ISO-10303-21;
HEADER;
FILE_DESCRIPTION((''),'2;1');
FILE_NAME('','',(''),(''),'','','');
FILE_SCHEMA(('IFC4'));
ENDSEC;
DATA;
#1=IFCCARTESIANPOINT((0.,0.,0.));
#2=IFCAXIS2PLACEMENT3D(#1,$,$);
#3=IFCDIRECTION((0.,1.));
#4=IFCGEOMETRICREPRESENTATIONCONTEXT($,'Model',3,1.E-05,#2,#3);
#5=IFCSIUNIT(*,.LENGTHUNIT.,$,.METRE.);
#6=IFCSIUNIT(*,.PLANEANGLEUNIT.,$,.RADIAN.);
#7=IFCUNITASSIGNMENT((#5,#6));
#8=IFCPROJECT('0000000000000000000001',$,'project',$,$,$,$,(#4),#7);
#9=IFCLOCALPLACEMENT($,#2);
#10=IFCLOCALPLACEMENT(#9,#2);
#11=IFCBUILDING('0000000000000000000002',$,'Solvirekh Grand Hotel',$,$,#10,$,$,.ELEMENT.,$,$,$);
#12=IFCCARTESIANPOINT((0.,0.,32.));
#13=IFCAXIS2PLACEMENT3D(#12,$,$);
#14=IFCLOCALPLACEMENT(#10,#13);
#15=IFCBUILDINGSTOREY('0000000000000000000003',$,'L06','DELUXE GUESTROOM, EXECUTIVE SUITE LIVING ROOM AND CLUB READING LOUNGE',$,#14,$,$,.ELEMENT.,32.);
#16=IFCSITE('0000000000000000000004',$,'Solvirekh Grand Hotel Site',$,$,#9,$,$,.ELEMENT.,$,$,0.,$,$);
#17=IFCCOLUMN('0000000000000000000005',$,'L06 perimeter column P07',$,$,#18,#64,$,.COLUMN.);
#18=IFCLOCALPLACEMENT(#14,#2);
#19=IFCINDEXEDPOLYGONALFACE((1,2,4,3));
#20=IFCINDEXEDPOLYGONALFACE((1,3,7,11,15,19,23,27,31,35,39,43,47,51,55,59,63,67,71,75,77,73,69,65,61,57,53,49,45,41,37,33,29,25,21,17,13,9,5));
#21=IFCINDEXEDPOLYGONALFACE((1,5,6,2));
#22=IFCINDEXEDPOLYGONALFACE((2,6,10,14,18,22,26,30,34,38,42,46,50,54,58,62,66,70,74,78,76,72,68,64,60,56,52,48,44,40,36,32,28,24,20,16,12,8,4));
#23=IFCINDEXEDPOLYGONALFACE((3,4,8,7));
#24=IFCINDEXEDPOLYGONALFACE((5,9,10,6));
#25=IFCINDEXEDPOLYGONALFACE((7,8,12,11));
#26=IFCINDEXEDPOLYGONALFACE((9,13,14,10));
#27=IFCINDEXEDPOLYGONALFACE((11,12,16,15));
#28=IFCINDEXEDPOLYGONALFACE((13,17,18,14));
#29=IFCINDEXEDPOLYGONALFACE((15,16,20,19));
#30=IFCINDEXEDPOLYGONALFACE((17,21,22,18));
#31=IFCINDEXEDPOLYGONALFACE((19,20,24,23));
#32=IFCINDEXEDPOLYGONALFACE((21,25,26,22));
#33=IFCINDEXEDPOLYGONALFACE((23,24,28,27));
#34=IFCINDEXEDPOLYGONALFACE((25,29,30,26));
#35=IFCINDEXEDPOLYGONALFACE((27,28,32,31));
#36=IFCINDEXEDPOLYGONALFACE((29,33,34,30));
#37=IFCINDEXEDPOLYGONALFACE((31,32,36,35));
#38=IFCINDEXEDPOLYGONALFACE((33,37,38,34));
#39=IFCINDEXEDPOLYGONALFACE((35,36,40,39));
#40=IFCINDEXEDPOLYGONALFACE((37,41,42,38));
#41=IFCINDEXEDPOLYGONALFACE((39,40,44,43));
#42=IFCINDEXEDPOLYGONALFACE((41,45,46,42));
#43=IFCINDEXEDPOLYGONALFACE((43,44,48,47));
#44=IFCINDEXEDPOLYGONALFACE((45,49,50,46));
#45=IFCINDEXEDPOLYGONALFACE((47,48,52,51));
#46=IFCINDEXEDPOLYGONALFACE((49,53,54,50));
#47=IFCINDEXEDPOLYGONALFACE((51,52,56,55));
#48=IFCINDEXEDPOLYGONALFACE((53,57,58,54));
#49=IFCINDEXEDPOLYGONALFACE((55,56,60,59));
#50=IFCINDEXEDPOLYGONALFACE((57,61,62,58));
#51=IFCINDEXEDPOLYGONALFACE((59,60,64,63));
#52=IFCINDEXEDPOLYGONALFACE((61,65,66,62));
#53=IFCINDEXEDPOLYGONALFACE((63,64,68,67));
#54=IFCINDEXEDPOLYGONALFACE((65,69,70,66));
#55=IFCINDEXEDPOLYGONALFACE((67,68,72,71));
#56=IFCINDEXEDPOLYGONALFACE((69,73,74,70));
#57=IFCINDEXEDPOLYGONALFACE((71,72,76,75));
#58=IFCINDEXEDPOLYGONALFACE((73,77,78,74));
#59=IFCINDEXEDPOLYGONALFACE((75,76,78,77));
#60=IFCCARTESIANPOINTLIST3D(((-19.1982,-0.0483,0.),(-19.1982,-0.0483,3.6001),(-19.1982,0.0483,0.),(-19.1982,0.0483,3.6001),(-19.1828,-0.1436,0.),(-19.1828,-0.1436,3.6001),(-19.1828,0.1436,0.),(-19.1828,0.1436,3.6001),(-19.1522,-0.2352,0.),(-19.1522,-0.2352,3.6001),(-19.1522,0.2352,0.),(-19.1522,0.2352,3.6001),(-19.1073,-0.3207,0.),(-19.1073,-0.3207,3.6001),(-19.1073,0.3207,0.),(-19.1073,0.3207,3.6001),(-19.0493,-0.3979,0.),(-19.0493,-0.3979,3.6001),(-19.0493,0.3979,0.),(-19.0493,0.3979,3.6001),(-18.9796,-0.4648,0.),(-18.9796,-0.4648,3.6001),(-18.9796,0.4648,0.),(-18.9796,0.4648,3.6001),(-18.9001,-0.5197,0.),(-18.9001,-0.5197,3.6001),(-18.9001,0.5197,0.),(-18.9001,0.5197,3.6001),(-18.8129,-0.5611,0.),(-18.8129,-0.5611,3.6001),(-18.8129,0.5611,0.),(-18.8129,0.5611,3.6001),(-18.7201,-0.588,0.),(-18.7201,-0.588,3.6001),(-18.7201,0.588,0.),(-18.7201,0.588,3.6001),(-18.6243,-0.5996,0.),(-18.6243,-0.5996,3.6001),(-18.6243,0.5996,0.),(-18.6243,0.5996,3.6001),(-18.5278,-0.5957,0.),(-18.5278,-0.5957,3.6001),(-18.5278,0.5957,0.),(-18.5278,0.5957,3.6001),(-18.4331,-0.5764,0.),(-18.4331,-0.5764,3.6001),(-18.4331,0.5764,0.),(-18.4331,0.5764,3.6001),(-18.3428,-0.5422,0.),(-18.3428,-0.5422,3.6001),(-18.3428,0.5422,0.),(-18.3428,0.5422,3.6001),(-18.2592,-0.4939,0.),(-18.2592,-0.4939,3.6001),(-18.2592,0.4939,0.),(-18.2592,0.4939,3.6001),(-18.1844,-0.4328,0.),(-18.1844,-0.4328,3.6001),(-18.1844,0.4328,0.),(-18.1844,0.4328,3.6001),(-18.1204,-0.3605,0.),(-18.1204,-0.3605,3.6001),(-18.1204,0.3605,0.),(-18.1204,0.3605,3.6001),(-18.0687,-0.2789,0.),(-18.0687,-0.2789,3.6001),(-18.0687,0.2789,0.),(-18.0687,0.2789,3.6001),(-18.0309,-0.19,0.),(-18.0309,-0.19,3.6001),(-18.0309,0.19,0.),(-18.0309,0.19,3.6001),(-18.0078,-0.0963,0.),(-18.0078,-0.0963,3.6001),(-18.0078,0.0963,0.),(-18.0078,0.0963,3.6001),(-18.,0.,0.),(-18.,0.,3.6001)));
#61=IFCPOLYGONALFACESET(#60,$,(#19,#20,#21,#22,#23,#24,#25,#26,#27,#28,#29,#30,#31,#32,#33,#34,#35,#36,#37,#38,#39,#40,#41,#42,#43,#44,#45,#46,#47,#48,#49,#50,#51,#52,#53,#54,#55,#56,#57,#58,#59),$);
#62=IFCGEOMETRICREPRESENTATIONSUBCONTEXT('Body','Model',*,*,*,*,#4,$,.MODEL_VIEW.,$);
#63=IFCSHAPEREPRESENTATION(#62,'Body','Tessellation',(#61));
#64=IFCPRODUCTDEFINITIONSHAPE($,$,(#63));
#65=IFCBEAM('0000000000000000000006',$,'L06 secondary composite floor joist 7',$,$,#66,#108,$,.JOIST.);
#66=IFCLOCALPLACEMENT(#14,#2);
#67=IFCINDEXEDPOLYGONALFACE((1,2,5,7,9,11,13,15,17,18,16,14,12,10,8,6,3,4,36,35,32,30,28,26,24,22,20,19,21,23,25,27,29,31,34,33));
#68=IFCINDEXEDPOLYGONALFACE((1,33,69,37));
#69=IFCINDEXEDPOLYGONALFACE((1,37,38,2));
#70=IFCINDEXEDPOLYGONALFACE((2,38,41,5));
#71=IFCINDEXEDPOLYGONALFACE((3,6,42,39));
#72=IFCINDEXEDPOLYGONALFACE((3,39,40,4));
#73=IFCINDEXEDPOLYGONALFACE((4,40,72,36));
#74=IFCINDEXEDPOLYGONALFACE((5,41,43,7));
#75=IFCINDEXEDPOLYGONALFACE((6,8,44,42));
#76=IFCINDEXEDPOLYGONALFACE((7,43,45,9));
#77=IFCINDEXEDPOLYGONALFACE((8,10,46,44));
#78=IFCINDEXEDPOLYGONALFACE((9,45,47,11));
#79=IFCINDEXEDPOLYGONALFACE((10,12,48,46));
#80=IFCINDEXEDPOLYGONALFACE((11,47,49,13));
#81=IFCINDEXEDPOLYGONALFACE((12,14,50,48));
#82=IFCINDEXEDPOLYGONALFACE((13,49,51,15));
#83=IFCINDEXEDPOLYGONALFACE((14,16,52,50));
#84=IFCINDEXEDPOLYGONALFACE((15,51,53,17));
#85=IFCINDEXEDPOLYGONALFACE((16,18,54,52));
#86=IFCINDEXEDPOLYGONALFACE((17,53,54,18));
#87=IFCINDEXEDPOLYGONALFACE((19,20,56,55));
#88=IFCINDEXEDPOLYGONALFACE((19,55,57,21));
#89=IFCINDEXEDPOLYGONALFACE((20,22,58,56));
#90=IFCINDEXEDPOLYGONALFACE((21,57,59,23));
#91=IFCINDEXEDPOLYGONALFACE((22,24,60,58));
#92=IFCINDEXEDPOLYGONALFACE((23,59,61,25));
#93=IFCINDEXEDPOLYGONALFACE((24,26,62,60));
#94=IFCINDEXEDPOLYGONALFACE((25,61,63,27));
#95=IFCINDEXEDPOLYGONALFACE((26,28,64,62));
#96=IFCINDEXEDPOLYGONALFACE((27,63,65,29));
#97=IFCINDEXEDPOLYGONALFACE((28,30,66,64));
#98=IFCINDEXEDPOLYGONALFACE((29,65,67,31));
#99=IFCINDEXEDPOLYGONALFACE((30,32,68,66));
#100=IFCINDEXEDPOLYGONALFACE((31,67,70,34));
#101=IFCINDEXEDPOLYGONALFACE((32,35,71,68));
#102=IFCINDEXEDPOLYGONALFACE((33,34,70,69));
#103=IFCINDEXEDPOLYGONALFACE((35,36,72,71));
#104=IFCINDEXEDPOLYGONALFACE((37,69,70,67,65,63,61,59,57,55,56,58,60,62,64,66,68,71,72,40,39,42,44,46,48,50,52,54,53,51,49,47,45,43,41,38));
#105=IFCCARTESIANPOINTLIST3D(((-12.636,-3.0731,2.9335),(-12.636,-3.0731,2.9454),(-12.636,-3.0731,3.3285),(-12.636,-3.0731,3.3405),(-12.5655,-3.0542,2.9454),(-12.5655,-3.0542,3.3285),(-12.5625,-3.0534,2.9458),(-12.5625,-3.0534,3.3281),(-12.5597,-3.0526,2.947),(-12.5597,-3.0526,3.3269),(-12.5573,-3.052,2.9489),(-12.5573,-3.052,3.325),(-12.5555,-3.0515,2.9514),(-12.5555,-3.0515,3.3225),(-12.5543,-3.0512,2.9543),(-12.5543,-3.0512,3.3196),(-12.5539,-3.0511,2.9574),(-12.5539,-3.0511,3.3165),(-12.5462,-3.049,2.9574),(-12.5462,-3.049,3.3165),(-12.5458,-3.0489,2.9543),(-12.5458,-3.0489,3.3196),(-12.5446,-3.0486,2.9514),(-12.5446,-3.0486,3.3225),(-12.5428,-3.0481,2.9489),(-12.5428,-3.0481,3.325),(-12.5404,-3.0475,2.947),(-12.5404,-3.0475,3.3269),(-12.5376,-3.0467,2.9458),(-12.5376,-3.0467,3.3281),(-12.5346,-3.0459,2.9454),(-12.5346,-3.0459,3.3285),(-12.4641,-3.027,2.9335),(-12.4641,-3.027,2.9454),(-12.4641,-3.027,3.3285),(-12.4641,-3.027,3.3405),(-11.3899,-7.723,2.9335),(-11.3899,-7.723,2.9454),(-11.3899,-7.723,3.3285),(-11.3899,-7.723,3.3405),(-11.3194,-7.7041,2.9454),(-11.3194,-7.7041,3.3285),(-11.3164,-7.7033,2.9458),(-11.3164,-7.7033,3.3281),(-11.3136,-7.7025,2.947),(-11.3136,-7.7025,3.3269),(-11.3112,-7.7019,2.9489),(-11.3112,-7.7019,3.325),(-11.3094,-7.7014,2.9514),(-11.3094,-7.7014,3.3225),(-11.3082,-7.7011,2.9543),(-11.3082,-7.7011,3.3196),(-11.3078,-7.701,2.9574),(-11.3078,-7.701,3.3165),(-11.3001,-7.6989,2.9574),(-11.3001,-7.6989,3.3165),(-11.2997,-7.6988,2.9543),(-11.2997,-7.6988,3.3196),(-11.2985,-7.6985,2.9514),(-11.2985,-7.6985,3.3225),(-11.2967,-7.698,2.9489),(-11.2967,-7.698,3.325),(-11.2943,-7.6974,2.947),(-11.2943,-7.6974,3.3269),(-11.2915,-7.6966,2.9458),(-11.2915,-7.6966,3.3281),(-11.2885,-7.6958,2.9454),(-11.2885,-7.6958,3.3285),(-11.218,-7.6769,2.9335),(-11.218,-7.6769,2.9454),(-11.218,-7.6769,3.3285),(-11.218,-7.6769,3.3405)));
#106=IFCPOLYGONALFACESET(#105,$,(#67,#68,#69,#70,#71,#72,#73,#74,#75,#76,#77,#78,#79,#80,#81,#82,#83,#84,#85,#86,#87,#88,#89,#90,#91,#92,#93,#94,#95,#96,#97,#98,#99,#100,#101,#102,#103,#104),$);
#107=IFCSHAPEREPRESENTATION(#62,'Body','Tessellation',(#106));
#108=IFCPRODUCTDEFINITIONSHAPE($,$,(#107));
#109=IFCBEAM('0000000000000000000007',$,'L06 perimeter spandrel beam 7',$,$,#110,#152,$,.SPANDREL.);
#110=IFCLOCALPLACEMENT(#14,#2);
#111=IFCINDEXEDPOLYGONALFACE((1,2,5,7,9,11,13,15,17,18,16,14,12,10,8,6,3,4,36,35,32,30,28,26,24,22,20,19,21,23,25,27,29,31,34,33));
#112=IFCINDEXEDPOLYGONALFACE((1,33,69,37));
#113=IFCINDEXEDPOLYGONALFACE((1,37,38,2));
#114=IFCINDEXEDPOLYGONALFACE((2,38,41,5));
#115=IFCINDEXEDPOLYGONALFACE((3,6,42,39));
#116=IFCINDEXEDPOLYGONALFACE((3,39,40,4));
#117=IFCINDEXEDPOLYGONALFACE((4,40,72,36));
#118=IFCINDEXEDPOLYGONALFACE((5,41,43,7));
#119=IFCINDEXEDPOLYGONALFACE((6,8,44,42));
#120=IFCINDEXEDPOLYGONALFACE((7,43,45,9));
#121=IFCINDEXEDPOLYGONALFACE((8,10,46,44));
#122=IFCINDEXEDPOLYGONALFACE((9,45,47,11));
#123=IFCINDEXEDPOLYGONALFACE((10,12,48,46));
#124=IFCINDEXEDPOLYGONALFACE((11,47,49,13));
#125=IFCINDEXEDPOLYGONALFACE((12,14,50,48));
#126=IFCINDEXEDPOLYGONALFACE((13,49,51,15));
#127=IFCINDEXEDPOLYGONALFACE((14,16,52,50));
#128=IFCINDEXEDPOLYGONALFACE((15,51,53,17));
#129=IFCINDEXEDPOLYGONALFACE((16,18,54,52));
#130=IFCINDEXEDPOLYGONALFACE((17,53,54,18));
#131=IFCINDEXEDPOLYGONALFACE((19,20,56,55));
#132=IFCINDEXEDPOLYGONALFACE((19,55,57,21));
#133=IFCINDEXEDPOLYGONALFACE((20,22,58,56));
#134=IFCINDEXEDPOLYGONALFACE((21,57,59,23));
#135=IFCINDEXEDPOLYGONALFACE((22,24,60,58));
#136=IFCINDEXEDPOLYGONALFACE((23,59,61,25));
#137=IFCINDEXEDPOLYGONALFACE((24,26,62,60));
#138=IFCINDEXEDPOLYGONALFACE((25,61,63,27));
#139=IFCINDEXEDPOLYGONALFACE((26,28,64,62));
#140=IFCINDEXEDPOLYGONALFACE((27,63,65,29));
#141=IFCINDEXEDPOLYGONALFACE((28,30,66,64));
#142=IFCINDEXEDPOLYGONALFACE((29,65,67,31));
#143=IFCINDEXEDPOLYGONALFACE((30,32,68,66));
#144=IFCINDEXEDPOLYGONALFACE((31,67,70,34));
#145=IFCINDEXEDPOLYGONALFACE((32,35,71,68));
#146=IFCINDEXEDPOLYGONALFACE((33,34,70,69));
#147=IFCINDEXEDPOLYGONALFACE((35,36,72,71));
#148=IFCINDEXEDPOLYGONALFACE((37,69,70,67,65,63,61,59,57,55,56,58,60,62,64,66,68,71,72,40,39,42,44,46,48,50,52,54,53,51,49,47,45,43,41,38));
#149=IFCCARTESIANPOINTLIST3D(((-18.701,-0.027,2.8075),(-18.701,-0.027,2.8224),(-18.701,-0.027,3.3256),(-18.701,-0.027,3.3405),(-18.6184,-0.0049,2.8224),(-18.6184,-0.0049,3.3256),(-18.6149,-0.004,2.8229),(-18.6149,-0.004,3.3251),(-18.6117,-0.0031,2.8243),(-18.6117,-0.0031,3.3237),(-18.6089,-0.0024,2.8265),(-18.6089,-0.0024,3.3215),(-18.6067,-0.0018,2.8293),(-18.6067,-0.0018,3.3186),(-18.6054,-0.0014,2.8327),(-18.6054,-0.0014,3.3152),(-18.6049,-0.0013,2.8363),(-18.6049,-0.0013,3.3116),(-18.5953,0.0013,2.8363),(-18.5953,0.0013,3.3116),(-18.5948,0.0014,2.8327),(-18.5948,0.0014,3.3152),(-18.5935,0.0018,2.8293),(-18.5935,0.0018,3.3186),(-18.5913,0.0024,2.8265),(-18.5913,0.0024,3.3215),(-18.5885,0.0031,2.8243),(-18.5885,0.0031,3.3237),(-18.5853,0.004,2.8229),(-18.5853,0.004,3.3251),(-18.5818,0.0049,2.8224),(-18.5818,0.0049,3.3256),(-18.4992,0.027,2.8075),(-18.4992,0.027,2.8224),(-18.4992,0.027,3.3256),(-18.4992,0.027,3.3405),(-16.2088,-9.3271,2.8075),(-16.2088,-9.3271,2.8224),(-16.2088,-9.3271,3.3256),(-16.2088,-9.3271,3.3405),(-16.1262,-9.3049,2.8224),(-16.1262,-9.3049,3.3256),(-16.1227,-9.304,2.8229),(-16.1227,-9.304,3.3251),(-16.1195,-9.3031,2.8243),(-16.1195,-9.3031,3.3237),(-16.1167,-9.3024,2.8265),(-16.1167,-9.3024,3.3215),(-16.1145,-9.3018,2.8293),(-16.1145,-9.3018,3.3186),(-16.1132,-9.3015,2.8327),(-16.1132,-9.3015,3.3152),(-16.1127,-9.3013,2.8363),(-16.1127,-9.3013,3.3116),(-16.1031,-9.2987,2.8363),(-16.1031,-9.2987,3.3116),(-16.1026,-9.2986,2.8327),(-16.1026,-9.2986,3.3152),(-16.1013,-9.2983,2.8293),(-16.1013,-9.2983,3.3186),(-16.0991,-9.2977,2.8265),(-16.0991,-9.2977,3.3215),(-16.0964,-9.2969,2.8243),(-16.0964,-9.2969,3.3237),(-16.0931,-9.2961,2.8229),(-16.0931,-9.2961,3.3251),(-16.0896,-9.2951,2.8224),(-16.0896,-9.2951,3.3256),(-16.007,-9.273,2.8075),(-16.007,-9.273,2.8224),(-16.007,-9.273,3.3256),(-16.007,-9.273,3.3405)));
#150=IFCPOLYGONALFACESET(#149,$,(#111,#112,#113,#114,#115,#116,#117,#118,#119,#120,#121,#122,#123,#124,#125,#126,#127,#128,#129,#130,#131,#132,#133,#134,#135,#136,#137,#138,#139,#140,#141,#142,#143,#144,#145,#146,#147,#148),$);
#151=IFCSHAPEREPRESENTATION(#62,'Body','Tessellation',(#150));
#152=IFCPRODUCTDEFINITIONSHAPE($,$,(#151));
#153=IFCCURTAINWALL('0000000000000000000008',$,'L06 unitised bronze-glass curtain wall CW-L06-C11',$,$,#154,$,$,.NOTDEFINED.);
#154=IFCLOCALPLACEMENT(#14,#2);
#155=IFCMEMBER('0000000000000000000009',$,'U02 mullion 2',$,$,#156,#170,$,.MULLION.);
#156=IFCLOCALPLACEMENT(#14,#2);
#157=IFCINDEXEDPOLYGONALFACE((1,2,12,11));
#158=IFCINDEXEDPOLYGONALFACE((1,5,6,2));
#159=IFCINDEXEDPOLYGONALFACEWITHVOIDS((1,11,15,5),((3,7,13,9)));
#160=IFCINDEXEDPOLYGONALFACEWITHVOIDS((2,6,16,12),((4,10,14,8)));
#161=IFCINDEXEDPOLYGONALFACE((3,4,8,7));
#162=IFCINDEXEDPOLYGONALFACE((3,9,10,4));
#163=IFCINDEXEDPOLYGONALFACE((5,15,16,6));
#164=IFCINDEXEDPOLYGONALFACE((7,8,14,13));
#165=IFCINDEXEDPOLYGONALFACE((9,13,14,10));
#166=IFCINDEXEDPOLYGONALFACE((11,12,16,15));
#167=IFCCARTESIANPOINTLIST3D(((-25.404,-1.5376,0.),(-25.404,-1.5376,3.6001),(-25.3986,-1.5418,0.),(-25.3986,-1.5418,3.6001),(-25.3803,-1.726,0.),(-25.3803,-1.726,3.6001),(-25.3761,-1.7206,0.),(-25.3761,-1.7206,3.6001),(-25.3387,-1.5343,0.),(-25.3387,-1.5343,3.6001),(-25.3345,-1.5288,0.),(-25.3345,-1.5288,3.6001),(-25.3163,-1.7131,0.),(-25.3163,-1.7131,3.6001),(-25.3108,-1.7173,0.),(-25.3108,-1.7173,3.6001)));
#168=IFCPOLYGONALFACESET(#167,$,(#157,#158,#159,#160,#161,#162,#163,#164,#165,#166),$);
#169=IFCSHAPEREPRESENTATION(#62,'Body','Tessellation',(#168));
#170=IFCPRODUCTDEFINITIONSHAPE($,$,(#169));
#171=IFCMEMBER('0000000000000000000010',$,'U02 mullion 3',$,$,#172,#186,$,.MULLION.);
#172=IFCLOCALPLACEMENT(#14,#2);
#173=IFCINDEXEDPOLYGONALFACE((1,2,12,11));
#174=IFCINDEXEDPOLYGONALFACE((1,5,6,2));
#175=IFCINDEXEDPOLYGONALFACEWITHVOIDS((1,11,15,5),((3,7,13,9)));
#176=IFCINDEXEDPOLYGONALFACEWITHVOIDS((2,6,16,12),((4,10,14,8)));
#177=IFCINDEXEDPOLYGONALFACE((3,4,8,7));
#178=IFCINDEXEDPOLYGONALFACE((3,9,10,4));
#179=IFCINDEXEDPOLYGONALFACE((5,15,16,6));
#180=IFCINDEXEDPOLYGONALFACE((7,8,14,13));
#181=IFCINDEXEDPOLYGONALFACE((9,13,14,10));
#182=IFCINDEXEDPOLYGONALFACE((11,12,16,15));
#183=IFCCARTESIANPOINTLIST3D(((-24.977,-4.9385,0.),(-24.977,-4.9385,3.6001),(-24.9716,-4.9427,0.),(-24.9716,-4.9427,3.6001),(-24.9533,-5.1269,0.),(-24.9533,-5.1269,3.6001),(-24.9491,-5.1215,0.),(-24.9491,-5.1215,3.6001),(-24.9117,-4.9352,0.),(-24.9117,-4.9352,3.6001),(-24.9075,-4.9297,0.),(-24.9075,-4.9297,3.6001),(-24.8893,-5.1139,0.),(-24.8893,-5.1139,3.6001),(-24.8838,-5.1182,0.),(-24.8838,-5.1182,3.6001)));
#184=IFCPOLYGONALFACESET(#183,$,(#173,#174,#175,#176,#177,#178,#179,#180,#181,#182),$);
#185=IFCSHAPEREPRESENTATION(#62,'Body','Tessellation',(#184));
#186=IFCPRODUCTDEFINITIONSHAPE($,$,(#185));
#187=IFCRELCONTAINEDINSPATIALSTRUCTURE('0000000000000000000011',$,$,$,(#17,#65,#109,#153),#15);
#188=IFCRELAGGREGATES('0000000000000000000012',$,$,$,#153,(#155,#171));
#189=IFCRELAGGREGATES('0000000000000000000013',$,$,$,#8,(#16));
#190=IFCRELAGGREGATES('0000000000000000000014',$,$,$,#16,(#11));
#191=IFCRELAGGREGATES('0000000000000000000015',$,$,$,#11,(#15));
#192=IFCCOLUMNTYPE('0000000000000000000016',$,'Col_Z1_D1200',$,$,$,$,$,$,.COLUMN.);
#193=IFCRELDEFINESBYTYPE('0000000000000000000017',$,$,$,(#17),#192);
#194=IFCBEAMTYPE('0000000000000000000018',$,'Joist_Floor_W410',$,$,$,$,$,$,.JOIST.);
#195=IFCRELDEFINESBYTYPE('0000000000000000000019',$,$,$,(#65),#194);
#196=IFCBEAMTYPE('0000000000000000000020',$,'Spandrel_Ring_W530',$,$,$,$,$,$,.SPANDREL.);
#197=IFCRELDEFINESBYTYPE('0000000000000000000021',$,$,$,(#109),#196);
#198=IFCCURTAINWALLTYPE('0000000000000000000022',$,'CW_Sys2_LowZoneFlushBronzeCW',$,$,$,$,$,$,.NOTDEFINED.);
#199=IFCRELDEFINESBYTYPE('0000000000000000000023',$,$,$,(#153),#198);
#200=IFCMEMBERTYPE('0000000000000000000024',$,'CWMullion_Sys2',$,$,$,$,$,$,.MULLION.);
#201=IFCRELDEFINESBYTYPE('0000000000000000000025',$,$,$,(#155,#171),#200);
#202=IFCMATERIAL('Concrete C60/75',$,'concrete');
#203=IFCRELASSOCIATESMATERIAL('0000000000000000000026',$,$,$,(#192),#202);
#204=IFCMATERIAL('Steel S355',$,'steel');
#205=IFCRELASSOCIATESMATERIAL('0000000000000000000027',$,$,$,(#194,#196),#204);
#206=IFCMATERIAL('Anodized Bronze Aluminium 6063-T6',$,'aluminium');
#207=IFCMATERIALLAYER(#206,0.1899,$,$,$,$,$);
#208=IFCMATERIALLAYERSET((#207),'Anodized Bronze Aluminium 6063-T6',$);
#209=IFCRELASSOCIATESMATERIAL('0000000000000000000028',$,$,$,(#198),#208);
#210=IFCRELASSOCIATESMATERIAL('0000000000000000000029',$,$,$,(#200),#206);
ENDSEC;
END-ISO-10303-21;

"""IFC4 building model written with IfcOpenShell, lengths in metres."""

from ifc_helpers import new_model, si_unit, direction, frame, origin, origin_2d, place, context, subcontext, project, spatial, hollow_rectangle, circle, i_section, extrude, source, transform, mapped, material, layer, layer_set, material_profile, profile_set, type_object, element, aggregate, save


model = new_model("IFC4")

# Units and contexts
model_context = context("Model", 3, precision=1e-05, world=origin(), true_north=direction((0.0, 1.0)))
body_context = subcontext(model_context, "Body", "Model", "MODEL_VIEW")
ifc_project = project(units=[si_unit("LENGTHUNIT", "METRE"), si_unit("PLANEANGLEUNIT", "RADIAN")], contexts=[model_context])

# Site, building, storey
site_placement = place(None, origin())
site = spatial("IfcSite", under=ifc_project, at=site_placement, Name="Solvirekh Grand Hotel Site", CompositionType="ELEMENT", RefElevation=0.0)
building_placement = place(site_placement, origin())
building = spatial("IfcBuilding", under=site, at=building_placement, Name="Solvirekh Grand Hotel", CompositionType="ELEMENT")
storey_placement = place(building_placement, frame((0.0, 0.0, 32.0)))
storey = spatial("IfcBuildingStorey", under=building, at=storey_placement, Name="L06", Description="DELUXE GUESTROOM, EXECUTIVE SUITE LIVING ROOM AND CLUB READING LOUNGE", CompositionType="ELEMENT", Elevation=32.0)

# Column
ifc_material_1 = material(Name="Concrete C60/75", Category="concrete")
ifc_material_profile_1 = material_profile(ifc_material_1, circle(Radius=0.6001, at=origin_2d()), Name="RC CIRC D1200")
ifc_profile_set_1 = profile_set([ifc_material_profile_1], Name="Concrete C60/75")
column_type = type_object("IfcColumnType", Name="Col_Z1_D1200", PredefinedType="COLUMN", material=ifc_profile_set_1)
column_placement = place(storey_placement, frame((-18.6001, 0.0, 0.0), z_axis=(0.0, 0.0, 1.0), x_axis=(1.0, 0.0, 0.0)))
element("IfcColumn", 1, at=column_placement, inside=storey, type_object=column_type, Name="L06 perimeter column P07", PredefinedType="COLUMN", context=body_context, shape_type="SweptSolid", body=[
    extrude(circle(Radius=0.6001, at=origin_2d()), origin(), (0.0, 0.0, 1.0), 3.6001),
])

# Beams
ifc_material_2 = material(Name="Steel S355", Category="steel")
ifc_material_profile_2 = material_profile(ifc_material_2, i_section(OverallWidth=0.178, OverallDepth=0.407, WebThickness=0.0081, FlangeThickness=0.012, FilletRadius=0.012, at=origin_2d()), Name="W410X60")
ifc_profile_set_2 = profile_set([ifc_material_profile_2], Name="Steel S355")
beam_type_1 = type_object("IfcBeamType", Name="Joist_Floor_W410", PredefinedType="JOIST", material=ifc_profile_set_2)
beam_1_placement = place(storey_placement, frame((-12.55, -3.05, 3.137), z_axis=(0.258849, -0.965918, 0.0), x_axis=(0.965918, 0.258849, 0.0)))
element("IfcBeam", 2, at=beam_1_placement, inside=storey, type_object=beam_type_1, Name="L06 secondary composite floor joist 7", PredefinedType="JOIST", context=body_context, shape_type="SweptSolid", body=[
    extrude(i_section(OverallWidth=0.178, OverallDepth=0.407, WebThickness=0.0081, FlangeThickness=0.012, FilletRadius=0.012, at=origin_2d()), origin(), (0.0, 0.0, 1.0), 4.814),
])
ifc_material_profile_3 = material_profile(ifc_material_2, i_section(OverallWidth=0.209, OverallDepth=0.533, WebThickness=0.01, FlangeThickness=0.0149, FilletRadius=0.0139, at=origin_2d()), Name="W530X92")
ifc_profile_set_3 = profile_set([ifc_material_profile_3], Name="Steel S355")
beam_type_2 = type_object("IfcBeamType", Name="Spandrel_Ring_W530", PredefinedType="SPANDREL", material=ifc_profile_set_3)
beam_2_placement = place(storey_placement, frame((-18.6001, 0.0, 3.074), z_axis=(0.258843, -0.965919, 0.0), x_axis=(0.965919, 0.258843, 0.0)))
element("IfcBeam", 3, at=beam_2_placement, inside=storey, type_object=beam_type_2, Name="L06 perimeter spandrel beam 7", PredefinedType="SPANDREL", context=body_context, shape_type="SweptSolid", body=[
    extrude(i_section(OverallWidth=0.209, OverallDepth=0.533, WebThickness=0.01, FlangeThickness=0.0149, FilletRadius=0.0139, at=origin_2d()), origin(), (0.0, 0.0, 1.0), 9.6282),
])

# Curtain wall, members
ifc_material_3 = material(Name="Anodized Bronze Aluminium 6063-T6", Category="aluminium")
ifc_layer_1 = layer(ifc_material_3, 0.1899)
ifc_layer_set_1 = layer_set([ifc_layer_1], Name="Anodized Bronze Aluminium 6063-T6")
curtain_wall_type = type_object("IfcCurtainWallType", Name="CW_Sys2_LowZoneFlushBronzeCW", PredefinedType="NOTDEFINED", material=ifc_layer_set_1)
curtain_wall_placement = place(storey_placement, origin())
curtain_wall = element("IfcCurtainWall", 4, at=curtain_wall_placement, inside=storey, type_object=curtain_wall_type, Name="L06 unitised bronze-glass curtain wall CW-L06-C11", PredefinedType="NOTDEFINED")
ifc_material_profile_4 = material_profile(ifc_material_3, hollow_rectangle(XDim=0.0701, YDim=0.1899, WallThickness=0.0049, at=origin_2d()), Name="ALU RHS 190X70X5")
ifc_profile_set_4 = profile_set([ifc_material_profile_4], Name="Anodized Bronze Aluminium 6063-T6")
member_type_1 = type_object("IfcMemberType", Name="CWMullion_Sys2", PredefinedType="MULLION", material=ifc_profile_set_4)
shared_shape_1 = source(origin(), body_context, "Body", "SweptSolid", [
    extrude(hollow_rectangle(XDim=0.0701, YDim=0.1899, WallThickness=0.0049, at=origin_2d()), origin(), (0.0, 0.0, 1.0), 3.6001),
])
member_1_placement = place(storey_placement, frame((-25.3574, -1.6274, 0.0), z_axis=(0.0, 0.0, 1.0), x_axis=(0.992204, 0.124621, 0.0)))
member_1 = element("IfcMember", 5, at=member_1_placement, type_object=member_type_1, Name="U02 mullion 2", PredefinedType="MULLION", context=body_context, shape_type="MappedRepresentation", body=[
    mapped(shared_shape_1, transform((0.0, 0.0, 0.0), x_axis=(1.0, 0.0, 0.0), y_axis=(0.0, 1.0, 0.0), z_axis=(0.0, 0.0, 1.0), scale=1.0)),
])
member_2_placement = place(storey_placement, frame((-24.9304, -5.0283, 0.0), z_axis=(0.0, 0.0, 1.0), x_axis=(0.992204, 0.124621, 0.0)))
member_2 = element("IfcMember", 6, at=member_2_placement, type_object=member_type_1, Name="U02 mullion 3", PredefinedType="MULLION", context=body_context, shape_type="MappedRepresentation", body=[
    mapped(shared_shape_1, transform((0.0, 0.0, 0.0), x_axis=(1.0, 0.0, 0.0), y_axis=(0.0, 1.0, 0.0), z_axis=(0.0, 0.0, 1.0), scale=1.0)),
])
aggregate(curtain_wall, [member_1, member_2])

save(model, "model.ifc")
